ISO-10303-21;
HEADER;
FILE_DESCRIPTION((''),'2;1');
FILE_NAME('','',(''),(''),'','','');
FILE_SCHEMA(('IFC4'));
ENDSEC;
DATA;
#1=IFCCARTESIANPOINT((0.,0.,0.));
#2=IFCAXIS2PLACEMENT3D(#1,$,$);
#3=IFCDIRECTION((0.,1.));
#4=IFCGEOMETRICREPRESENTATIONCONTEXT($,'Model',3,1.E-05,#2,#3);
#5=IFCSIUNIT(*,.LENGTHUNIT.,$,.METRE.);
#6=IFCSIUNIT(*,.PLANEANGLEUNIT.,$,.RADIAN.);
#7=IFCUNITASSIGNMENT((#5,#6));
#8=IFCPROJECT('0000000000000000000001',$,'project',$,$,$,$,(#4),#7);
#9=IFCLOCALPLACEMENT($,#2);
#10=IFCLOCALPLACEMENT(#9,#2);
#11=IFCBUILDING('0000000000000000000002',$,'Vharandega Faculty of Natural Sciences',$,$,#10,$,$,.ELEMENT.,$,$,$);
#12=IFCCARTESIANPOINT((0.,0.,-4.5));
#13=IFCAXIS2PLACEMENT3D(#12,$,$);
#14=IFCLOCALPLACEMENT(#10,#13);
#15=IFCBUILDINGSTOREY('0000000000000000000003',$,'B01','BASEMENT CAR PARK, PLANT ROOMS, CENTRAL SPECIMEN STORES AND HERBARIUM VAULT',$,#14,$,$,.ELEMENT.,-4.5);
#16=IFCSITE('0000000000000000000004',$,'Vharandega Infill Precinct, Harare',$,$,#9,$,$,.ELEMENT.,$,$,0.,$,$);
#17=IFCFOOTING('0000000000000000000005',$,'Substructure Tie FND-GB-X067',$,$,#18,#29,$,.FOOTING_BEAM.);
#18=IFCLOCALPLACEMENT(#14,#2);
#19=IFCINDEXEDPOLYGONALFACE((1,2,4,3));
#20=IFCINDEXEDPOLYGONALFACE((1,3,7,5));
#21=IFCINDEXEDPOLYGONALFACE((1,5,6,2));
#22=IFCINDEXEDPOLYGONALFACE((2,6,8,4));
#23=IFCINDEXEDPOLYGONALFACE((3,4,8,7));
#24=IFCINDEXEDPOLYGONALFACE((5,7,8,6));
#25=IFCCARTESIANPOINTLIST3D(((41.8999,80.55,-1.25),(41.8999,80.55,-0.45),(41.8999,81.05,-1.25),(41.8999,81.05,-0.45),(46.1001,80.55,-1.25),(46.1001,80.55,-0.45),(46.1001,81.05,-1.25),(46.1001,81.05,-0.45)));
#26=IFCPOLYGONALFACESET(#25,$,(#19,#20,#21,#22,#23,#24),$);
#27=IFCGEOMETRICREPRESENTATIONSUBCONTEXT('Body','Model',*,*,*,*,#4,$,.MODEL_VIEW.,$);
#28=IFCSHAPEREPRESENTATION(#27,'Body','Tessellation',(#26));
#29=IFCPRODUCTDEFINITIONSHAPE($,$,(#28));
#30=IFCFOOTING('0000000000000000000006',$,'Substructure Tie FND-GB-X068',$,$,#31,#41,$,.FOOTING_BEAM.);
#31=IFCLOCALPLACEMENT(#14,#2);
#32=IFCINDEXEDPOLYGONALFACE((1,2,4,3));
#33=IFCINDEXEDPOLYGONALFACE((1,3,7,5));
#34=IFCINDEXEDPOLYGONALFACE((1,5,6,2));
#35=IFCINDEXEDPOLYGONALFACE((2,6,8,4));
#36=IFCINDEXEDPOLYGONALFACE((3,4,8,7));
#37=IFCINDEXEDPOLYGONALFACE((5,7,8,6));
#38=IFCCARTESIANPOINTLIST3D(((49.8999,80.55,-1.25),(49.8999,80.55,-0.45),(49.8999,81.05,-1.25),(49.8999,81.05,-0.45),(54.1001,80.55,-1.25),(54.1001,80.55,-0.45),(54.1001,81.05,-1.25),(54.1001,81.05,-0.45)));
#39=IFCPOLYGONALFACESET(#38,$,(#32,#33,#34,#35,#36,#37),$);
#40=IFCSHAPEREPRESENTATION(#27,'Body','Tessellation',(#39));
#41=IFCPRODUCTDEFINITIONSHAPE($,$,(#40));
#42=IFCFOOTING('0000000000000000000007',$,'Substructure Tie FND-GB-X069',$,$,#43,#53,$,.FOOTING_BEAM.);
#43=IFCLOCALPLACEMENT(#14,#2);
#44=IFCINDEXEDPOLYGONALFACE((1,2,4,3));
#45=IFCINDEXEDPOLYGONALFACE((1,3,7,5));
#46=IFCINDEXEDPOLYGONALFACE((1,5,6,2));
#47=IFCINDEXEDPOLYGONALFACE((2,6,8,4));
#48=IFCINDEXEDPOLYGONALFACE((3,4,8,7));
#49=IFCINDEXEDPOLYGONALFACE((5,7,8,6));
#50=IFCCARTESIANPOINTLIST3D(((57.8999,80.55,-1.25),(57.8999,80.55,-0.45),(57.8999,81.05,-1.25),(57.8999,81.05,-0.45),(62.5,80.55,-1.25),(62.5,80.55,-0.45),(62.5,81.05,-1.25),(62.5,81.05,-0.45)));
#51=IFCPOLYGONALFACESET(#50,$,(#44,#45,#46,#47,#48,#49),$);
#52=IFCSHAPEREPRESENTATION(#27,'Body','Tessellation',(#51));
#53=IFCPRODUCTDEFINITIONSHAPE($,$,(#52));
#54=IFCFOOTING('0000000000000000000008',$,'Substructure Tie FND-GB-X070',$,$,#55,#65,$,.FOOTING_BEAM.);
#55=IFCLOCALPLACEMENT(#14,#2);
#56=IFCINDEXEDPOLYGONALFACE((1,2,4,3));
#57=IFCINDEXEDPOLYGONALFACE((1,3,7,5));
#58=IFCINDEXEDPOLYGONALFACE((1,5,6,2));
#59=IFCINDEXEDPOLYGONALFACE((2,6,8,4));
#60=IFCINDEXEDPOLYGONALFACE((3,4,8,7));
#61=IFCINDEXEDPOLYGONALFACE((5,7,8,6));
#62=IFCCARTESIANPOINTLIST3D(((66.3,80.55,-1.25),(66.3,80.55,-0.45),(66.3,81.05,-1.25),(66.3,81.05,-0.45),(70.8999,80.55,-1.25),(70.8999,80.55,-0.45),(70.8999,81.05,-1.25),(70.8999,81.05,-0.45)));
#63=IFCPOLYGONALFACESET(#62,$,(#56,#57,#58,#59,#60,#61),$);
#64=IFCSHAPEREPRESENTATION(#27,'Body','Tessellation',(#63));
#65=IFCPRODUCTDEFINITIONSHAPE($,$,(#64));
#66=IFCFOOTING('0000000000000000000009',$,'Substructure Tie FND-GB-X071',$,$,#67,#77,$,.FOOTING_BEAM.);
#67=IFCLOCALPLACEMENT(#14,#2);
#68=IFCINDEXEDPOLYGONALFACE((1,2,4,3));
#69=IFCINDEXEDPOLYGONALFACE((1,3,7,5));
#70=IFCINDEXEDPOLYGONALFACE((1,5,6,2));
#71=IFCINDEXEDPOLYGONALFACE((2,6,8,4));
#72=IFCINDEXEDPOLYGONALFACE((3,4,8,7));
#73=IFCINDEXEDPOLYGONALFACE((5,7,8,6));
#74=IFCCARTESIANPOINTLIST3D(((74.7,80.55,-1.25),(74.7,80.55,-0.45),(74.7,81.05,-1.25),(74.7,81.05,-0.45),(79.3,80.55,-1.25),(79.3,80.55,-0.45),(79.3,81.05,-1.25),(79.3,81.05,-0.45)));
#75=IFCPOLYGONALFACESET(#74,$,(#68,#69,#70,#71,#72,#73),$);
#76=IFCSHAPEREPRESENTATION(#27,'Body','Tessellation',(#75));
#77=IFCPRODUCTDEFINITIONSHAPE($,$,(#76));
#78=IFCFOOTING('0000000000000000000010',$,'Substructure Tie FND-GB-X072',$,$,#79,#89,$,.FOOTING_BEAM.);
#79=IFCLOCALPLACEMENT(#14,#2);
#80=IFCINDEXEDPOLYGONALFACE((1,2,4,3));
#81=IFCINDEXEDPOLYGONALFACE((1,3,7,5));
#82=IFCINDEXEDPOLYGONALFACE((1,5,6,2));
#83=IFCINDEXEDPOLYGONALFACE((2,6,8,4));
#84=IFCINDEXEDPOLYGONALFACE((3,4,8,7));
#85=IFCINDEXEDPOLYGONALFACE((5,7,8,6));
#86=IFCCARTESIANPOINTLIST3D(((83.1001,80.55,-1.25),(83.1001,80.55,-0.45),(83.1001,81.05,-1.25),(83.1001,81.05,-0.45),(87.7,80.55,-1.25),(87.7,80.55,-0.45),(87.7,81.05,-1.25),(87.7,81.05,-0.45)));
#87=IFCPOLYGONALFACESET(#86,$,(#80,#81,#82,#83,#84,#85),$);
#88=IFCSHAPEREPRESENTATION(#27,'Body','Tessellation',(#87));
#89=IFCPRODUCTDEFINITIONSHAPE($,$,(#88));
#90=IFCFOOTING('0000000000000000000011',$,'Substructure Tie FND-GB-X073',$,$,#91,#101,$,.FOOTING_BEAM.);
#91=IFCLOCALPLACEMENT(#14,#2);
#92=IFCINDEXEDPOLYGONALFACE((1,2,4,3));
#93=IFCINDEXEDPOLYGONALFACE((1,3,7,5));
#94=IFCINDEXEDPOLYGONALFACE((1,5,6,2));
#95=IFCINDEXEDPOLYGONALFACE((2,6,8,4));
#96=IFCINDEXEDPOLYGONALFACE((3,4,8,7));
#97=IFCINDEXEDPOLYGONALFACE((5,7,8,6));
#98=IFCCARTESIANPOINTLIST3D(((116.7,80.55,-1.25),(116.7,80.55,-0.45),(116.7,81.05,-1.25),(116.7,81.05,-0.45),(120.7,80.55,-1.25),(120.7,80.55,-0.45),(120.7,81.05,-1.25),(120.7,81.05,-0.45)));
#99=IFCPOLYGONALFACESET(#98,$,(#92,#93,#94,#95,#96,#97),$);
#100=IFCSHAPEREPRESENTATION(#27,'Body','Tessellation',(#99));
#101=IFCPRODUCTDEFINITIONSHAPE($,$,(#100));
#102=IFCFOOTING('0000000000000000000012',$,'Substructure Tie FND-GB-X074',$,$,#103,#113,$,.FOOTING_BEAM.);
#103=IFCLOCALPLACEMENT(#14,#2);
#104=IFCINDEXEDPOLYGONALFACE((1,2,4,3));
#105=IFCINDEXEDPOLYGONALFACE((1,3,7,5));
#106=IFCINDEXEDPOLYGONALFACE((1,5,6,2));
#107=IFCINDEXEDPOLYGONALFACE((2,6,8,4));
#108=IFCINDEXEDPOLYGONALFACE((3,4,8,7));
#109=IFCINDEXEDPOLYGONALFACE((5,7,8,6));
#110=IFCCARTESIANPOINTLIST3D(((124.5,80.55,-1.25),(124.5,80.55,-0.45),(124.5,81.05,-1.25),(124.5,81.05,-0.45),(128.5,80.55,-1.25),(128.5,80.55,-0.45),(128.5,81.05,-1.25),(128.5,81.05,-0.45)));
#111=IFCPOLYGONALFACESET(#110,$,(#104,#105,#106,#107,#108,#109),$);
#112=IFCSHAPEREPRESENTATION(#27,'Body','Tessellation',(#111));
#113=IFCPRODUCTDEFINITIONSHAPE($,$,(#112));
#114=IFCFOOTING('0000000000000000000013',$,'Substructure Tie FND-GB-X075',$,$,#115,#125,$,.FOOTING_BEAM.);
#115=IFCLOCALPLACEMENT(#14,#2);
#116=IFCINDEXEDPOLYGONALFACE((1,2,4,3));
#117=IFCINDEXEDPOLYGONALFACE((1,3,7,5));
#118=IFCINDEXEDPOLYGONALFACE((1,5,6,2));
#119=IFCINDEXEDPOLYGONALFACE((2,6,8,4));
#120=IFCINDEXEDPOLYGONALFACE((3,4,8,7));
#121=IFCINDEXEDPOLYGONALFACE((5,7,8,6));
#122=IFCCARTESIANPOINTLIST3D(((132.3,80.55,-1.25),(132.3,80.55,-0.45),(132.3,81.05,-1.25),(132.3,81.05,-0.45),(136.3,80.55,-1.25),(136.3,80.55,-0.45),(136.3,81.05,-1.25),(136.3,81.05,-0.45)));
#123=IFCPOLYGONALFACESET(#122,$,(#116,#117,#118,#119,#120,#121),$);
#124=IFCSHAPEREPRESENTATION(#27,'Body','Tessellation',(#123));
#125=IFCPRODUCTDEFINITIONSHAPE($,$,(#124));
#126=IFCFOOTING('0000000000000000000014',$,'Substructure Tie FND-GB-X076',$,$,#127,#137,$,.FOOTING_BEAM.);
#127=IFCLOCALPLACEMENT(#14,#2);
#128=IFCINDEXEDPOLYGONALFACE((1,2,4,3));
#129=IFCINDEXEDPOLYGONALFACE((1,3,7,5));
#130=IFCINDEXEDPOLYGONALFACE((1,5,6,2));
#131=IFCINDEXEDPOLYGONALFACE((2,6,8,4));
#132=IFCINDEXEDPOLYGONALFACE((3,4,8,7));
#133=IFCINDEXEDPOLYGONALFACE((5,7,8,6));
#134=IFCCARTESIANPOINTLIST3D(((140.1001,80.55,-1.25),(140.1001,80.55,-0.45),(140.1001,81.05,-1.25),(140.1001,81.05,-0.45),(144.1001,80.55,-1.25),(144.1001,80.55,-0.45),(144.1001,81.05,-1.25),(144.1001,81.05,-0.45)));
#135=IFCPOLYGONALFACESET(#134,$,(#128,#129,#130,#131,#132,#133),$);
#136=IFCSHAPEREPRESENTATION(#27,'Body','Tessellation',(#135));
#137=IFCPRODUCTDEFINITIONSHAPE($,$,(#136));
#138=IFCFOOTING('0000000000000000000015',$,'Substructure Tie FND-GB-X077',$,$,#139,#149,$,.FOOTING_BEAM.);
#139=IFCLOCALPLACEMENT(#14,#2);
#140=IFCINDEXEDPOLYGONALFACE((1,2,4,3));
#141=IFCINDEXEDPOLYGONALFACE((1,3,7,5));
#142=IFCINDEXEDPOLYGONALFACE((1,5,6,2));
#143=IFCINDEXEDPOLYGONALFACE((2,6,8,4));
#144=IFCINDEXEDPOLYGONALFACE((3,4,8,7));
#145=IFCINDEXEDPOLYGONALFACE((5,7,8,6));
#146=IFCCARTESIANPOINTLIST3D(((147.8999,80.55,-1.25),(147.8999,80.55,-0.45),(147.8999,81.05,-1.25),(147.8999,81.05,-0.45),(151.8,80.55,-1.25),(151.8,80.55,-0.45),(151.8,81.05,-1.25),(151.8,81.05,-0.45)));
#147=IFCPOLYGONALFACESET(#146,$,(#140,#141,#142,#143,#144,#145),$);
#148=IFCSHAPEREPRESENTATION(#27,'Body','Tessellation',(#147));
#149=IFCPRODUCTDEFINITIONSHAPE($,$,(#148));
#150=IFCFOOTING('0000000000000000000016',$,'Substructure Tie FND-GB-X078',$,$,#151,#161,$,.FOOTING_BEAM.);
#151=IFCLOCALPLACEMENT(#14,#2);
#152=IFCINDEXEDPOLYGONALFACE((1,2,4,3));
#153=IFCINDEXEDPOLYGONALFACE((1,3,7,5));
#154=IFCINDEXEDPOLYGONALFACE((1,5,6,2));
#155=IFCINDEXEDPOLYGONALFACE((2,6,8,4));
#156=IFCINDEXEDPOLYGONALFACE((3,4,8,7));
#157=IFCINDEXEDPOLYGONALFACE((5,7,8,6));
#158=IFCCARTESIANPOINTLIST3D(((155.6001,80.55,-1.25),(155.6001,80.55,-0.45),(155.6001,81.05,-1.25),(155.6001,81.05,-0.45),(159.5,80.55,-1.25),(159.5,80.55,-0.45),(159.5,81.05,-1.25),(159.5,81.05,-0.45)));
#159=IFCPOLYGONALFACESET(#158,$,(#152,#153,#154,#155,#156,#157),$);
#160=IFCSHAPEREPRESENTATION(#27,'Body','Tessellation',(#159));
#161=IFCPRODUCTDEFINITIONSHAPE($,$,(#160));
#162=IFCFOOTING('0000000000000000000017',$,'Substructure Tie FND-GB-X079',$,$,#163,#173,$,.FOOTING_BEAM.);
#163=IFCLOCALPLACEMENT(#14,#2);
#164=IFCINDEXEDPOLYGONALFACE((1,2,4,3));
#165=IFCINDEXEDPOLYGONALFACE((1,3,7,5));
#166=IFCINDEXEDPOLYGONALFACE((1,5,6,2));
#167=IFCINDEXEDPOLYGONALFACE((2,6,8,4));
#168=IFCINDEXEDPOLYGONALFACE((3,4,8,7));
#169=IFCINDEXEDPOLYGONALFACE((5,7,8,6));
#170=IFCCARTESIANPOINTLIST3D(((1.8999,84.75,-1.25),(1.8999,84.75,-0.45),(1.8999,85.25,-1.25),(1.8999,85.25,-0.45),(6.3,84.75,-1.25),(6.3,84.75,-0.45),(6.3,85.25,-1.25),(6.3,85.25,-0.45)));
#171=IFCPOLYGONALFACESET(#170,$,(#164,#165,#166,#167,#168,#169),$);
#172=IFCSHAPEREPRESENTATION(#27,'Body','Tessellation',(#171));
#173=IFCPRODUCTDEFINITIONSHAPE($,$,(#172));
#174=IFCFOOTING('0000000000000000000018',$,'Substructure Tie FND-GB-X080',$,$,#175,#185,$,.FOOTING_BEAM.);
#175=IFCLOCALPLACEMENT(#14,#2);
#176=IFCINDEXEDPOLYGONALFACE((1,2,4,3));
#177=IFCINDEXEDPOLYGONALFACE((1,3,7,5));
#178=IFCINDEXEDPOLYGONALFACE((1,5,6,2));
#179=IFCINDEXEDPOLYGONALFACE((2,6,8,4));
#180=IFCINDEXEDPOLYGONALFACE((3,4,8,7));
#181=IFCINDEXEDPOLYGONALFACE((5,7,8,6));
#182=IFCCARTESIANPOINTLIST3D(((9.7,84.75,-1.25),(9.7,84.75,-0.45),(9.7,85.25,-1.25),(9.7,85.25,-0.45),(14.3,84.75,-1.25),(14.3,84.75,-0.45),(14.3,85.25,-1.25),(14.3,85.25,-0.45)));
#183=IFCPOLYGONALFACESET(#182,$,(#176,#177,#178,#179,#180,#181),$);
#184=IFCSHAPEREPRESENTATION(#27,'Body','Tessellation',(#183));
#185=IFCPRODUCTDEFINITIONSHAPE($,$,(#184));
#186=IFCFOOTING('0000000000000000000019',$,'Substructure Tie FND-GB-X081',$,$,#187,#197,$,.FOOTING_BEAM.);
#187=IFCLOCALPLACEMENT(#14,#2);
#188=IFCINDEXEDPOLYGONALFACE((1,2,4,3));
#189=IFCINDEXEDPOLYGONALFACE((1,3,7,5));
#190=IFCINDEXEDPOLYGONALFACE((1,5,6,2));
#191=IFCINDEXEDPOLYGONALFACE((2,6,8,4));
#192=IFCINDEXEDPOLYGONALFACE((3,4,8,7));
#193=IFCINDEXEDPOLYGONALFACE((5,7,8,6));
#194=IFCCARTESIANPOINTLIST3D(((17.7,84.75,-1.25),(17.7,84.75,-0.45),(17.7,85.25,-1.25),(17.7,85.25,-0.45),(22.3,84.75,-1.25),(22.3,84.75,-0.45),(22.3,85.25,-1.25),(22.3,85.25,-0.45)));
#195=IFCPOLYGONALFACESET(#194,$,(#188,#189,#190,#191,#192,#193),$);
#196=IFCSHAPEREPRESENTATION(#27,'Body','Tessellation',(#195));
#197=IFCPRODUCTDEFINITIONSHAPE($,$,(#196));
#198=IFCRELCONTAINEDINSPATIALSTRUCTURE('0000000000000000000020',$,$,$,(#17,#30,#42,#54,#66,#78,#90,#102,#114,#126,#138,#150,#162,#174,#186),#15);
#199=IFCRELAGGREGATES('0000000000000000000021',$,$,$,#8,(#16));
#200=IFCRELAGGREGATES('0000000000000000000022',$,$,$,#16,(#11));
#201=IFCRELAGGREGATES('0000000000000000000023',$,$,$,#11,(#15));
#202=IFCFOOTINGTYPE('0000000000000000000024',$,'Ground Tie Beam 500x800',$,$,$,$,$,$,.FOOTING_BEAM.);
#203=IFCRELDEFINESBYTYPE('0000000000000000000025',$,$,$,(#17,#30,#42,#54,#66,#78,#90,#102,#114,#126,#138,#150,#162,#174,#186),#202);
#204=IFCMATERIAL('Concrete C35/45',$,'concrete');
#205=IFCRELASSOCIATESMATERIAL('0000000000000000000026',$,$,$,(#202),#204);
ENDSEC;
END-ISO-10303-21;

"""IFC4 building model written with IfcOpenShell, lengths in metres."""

from ifc_helpers import new_model, si_unit, direction, frame, origin, place, context, subcontext, project, spatial, polyline, outline, extrude, material, type_object, element, save


model = new_model("IFC4")

# Units and contexts
model_context = context("Model", 3, precision=1e-05, world=origin(), true_north=direction((0.0, 1.0)))
body_context = subcontext(model_context, "Body", "Model", "MODEL_VIEW")
ifc_project = project(units=[si_unit("LENGTHUNIT", "METRE"), si_unit("PLANEANGLEUNIT", "RADIAN")], contexts=[model_context])

# Site, building, storey
site_placement = place(None, origin())
site = spatial("IfcSite", under=ifc_project, at=site_placement, Name="Vharandega Infill Precinct, Harare", CompositionType="ELEMENT", RefElevation=0.0)
building_placement = place(site_placement, origin())
building = spatial("IfcBuilding", under=site, at=building_placement, Name="Vharandega Faculty of Natural Sciences", CompositionType="ELEMENT")
storey_placement = place(building_placement, frame((0.0, 0.0, -4.5)))
storey = spatial("IfcBuildingStorey", under=building, at=storey_placement, Name="B01", Description="BASEMENT CAR PARK, PLANT ROOMS, CENTRAL SPECIMEN STORES AND HERBARIUM VAULT", CompositionType="ELEMENT", Elevation=-4.5)

# Footings
ifc_material = material(Name="Concrete C35/45", Category="concrete")
footing_type = type_object("IfcFootingType", Name="Ground Tie Beam 500x800", PredefinedType="FOOTING_BEAM", material=ifc_material)
footing_1_placement = place(storey_placement, frame((0.0, 0.0, -1.25)))
element("IfcFooting", 1, at=footing_1_placement, inside=storey, type_object=footing_type, Name="Substructure Tie FND-GB-X067", PredefinedType="FOOTING_BEAM", context=body_context, shape_type="SweptSolid", body=[
    extrude(outline(polyline([(41.8999, 80.55), (46.1001, 80.55), (46.1001, 81.05), (41.8999, 81.05), (41.8999, 80.55)])), origin(), (0.0, 0.0, 1.0), 0.8),
])
footing_2_placement = place(storey_placement, frame((0.0, 0.0, -1.25)))
element("IfcFooting", 2, at=footing_2_placement, inside=storey, type_object=footing_type, Name="Substructure Tie FND-GB-X068", PredefinedType="FOOTING_BEAM", context=body_context, shape_type="SweptSolid", body=[
    extrude(outline(polyline([(49.8999, 80.55), (54.1001, 80.55), (54.1001, 81.05), (49.8999, 81.05), (49.8999, 80.55)])), origin(), (0.0, 0.0, 1.0), 0.8),
])
footing_3_placement = place(storey_placement, frame((0.0, 0.0, -1.25)))
element("IfcFooting", 3, at=footing_3_placement, inside=storey, type_object=footing_type, Name="Substructure Tie FND-GB-X069", PredefinedType="FOOTING_BEAM", context=body_context, shape_type="SweptSolid", body=[
    extrude(outline(polyline([(57.8999, 80.55), (62.5, 80.55), (62.5, 81.05), (57.8999, 81.05), (57.8999, 80.55)])), origin(), (0.0, 0.0, 1.0), 0.8),
])
footing_4_placement = place(storey_placement, frame((0.0, 0.0, -1.25)))
element("IfcFooting", 4, at=footing_4_placement, inside=storey, type_object=footing_type, Name="Substructure Tie FND-GB-X070", PredefinedType="FOOTING_BEAM", context=body_context, shape_type="SweptSolid", body=[
    extrude(outline(polyline([(66.3, 80.55), (70.8999, 80.55), (70.8999, 81.05), (66.3, 81.05), (66.3, 80.55)])), origin(), (0.0, 0.0, 1.0), 0.8),
])
footing_5_placement = place(storey_placement, frame((0.0, 0.0, -1.25)))
element("IfcFooting", 5, at=footing_5_placement, inside=storey, type_object=footing_type, Name="Substructure Tie FND-GB-X071", PredefinedType="FOOTING_BEAM", context=body_context, shape_type="SweptSolid", body=[
    extrude(outline(polyline([(74.7, 80.55), (79.3, 80.55), (79.3, 81.05), (74.7, 81.05), (74.7, 80.55)])), origin(), (0.0, 0.0, 1.0), 0.8),
])
footing_6_placement = place(storey_placement, frame((0.0, 0.0, -1.25)))
element("IfcFooting", 6, at=footing_6_placement, inside=storey, type_object=footing_type, Name="Substructure Tie FND-GB-X072", PredefinedType="FOOTING_BEAM", context=body_context, shape_type="SweptSolid", body=[
    extrude(outline(polyline([(83.1001, 80.55), (87.7, 80.55), (87.7, 81.05), (83.1001, 81.05), (83.1001, 80.55)])), origin(), (0.0, 0.0, 1.0), 0.8),
])
footing_7_placement = place(storey_placement, frame((0.0, 0.0, -1.25)))
element("IfcFooting", 7, at=footing_7_placement, inside=storey, type_object=footing_type, Name="Substructure Tie FND-GB-X073", PredefinedType="FOOTING_BEAM", context=body_context, shape_type="SweptSolid", body=[
    extrude(outline(polyline([(116.7, 80.55), (120.7, 80.55), (120.7, 81.05), (116.7, 81.05), (116.7, 80.55)])), origin(), (0.0, 0.0, 1.0), 0.8),
])
footing_8_placement = place(storey_placement, frame((0.0, 0.0, -1.25)))
element("IfcFooting", 8, at=footing_8_placement, inside=storey, type_object=footing_type, Name="Substructure Tie FND-GB-X074", PredefinedType="FOOTING_BEAM", context=body_context, shape_type="SweptSolid", body=[
    extrude(outline(polyline([(124.5, 80.55), (128.5, 80.55), (128.5, 81.05), (124.5, 81.05), (124.5, 80.55)])), origin(), (0.0, 0.0, 1.0), 0.8),
])
footing_9_placement = place(storey_placement, frame((0.0, 0.0, -1.25)))
element("IfcFooting", 9, at=footing_9_placement, inside=storey, type_object=footing_type, Name="Substructure Tie FND-GB-X075", PredefinedType="FOOTING_BEAM", context=body_context, shape_type="SweptSolid", body=[
    extrude(outline(polyline([(132.3, 80.55), (136.3, 80.55), (136.3, 81.05), (132.3, 81.05), (132.3, 80.55)])), origin(), (0.0, 0.0, 1.0), 0.8),
])
footing_10_placement = place(storey_placement, frame((0.0, 0.0, -1.25)))
element("IfcFooting", 10, at=footing_10_placement, inside=storey, type_object=footing_type, Name="Substructure Tie FND-GB-X076", PredefinedType="FOOTING_BEAM", context=body_context, shape_type="SweptSolid", body=[
    extrude(outline(polyline([(140.1001, 80.55), (144.1001, 80.55), (144.1001, 81.05), (140.1001, 81.05), (140.1001, 80.55)])), origin(), (0.0, 0.0, 1.0), 0.8),
])
footing_11_placement = place(storey_placement, frame((0.0, 0.0, -1.25)))
element("IfcFooting", 11, at=footing_11_placement, inside=storey, type_object=footing_type, Name="Substructure Tie FND-GB-X077", PredefinedType="FOOTING_BEAM", context=body_context, shape_type="SweptSolid", body=[
    extrude(outline(polyline([(147.8999, 80.55), (151.8, 80.55), (151.8, 81.05), (147.8999, 81.05), (147.8999, 80.55)])), origin(), (0.0, 0.0, 1.0), 0.8),
])
footing_12_placement = place(storey_placement, frame((0.0, 0.0, -1.25)))
element("IfcFooting", 12, at=footing_12_placement, inside=storey, type_object=footing_type, Name="Substructure Tie FND-GB-X078", PredefinedType="FOOTING_BEAM", context=body_context, shape_type="SweptSolid", body=[
    extrude(outline(polyline([(155.6001, 80.55), (159.5, 80.55), (159.5, 81.05), (155.6001, 81.05), (155.6001, 80.55)])), origin(), (0.0, 0.0, 1.0), 0.8),
])
footing_13_placement = place(storey_placement, frame((0.0, 0.0, -1.25)))
element("IfcFooting", 13, at=footing_13_placement, inside=storey, type_object=footing_type, Name="Substructure Tie FND-GB-X079", PredefinedType="FOOTING_BEAM", context=body_context, shape_type="SweptSolid", body=[
    extrude(outline(polyline([(1.8999, 84.75), (6.3, 84.75), (6.3, 85.25), (1.8999, 85.25), (1.8999, 84.75)])), origin(), (0.0, 0.0, 1.0), 0.8),
])
footing_14_placement = place(storey_placement, frame((0.0, 0.0, -1.25)))
element("IfcFooting", 14, at=footing_14_placement, inside=storey, type_object=footing_type, Name="Substructure Tie FND-GB-X080", PredefinedType="FOOTING_BEAM", context=body_context, shape_type="SweptSolid", body=[
    extrude(outline(polyline([(9.7, 84.75), (14.3, 84.75), (14.3, 85.25), (9.7, 85.25), (9.7, 84.75)])), origin(), (0.0, 0.0, 1.0), 0.8),
])
footing_15_placement = place(storey_placement, frame((0.0, 0.0, -1.25)))
element("IfcFooting", 15, at=footing_15_placement, inside=storey, type_object=footing_type, Name="Substructure Tie FND-GB-X081", PredefinedType="FOOTING_BEAM", context=body_context, shape_type="SweptSolid", body=[
    extrude(outline(polyline([(17.7, 84.75), (22.3, 84.75), (22.3, 85.25), (17.7, 85.25), (17.7, 84.75)])), origin(), (0.0, 0.0, 1.0), 0.8),
])

save(model, "model.ifc")
